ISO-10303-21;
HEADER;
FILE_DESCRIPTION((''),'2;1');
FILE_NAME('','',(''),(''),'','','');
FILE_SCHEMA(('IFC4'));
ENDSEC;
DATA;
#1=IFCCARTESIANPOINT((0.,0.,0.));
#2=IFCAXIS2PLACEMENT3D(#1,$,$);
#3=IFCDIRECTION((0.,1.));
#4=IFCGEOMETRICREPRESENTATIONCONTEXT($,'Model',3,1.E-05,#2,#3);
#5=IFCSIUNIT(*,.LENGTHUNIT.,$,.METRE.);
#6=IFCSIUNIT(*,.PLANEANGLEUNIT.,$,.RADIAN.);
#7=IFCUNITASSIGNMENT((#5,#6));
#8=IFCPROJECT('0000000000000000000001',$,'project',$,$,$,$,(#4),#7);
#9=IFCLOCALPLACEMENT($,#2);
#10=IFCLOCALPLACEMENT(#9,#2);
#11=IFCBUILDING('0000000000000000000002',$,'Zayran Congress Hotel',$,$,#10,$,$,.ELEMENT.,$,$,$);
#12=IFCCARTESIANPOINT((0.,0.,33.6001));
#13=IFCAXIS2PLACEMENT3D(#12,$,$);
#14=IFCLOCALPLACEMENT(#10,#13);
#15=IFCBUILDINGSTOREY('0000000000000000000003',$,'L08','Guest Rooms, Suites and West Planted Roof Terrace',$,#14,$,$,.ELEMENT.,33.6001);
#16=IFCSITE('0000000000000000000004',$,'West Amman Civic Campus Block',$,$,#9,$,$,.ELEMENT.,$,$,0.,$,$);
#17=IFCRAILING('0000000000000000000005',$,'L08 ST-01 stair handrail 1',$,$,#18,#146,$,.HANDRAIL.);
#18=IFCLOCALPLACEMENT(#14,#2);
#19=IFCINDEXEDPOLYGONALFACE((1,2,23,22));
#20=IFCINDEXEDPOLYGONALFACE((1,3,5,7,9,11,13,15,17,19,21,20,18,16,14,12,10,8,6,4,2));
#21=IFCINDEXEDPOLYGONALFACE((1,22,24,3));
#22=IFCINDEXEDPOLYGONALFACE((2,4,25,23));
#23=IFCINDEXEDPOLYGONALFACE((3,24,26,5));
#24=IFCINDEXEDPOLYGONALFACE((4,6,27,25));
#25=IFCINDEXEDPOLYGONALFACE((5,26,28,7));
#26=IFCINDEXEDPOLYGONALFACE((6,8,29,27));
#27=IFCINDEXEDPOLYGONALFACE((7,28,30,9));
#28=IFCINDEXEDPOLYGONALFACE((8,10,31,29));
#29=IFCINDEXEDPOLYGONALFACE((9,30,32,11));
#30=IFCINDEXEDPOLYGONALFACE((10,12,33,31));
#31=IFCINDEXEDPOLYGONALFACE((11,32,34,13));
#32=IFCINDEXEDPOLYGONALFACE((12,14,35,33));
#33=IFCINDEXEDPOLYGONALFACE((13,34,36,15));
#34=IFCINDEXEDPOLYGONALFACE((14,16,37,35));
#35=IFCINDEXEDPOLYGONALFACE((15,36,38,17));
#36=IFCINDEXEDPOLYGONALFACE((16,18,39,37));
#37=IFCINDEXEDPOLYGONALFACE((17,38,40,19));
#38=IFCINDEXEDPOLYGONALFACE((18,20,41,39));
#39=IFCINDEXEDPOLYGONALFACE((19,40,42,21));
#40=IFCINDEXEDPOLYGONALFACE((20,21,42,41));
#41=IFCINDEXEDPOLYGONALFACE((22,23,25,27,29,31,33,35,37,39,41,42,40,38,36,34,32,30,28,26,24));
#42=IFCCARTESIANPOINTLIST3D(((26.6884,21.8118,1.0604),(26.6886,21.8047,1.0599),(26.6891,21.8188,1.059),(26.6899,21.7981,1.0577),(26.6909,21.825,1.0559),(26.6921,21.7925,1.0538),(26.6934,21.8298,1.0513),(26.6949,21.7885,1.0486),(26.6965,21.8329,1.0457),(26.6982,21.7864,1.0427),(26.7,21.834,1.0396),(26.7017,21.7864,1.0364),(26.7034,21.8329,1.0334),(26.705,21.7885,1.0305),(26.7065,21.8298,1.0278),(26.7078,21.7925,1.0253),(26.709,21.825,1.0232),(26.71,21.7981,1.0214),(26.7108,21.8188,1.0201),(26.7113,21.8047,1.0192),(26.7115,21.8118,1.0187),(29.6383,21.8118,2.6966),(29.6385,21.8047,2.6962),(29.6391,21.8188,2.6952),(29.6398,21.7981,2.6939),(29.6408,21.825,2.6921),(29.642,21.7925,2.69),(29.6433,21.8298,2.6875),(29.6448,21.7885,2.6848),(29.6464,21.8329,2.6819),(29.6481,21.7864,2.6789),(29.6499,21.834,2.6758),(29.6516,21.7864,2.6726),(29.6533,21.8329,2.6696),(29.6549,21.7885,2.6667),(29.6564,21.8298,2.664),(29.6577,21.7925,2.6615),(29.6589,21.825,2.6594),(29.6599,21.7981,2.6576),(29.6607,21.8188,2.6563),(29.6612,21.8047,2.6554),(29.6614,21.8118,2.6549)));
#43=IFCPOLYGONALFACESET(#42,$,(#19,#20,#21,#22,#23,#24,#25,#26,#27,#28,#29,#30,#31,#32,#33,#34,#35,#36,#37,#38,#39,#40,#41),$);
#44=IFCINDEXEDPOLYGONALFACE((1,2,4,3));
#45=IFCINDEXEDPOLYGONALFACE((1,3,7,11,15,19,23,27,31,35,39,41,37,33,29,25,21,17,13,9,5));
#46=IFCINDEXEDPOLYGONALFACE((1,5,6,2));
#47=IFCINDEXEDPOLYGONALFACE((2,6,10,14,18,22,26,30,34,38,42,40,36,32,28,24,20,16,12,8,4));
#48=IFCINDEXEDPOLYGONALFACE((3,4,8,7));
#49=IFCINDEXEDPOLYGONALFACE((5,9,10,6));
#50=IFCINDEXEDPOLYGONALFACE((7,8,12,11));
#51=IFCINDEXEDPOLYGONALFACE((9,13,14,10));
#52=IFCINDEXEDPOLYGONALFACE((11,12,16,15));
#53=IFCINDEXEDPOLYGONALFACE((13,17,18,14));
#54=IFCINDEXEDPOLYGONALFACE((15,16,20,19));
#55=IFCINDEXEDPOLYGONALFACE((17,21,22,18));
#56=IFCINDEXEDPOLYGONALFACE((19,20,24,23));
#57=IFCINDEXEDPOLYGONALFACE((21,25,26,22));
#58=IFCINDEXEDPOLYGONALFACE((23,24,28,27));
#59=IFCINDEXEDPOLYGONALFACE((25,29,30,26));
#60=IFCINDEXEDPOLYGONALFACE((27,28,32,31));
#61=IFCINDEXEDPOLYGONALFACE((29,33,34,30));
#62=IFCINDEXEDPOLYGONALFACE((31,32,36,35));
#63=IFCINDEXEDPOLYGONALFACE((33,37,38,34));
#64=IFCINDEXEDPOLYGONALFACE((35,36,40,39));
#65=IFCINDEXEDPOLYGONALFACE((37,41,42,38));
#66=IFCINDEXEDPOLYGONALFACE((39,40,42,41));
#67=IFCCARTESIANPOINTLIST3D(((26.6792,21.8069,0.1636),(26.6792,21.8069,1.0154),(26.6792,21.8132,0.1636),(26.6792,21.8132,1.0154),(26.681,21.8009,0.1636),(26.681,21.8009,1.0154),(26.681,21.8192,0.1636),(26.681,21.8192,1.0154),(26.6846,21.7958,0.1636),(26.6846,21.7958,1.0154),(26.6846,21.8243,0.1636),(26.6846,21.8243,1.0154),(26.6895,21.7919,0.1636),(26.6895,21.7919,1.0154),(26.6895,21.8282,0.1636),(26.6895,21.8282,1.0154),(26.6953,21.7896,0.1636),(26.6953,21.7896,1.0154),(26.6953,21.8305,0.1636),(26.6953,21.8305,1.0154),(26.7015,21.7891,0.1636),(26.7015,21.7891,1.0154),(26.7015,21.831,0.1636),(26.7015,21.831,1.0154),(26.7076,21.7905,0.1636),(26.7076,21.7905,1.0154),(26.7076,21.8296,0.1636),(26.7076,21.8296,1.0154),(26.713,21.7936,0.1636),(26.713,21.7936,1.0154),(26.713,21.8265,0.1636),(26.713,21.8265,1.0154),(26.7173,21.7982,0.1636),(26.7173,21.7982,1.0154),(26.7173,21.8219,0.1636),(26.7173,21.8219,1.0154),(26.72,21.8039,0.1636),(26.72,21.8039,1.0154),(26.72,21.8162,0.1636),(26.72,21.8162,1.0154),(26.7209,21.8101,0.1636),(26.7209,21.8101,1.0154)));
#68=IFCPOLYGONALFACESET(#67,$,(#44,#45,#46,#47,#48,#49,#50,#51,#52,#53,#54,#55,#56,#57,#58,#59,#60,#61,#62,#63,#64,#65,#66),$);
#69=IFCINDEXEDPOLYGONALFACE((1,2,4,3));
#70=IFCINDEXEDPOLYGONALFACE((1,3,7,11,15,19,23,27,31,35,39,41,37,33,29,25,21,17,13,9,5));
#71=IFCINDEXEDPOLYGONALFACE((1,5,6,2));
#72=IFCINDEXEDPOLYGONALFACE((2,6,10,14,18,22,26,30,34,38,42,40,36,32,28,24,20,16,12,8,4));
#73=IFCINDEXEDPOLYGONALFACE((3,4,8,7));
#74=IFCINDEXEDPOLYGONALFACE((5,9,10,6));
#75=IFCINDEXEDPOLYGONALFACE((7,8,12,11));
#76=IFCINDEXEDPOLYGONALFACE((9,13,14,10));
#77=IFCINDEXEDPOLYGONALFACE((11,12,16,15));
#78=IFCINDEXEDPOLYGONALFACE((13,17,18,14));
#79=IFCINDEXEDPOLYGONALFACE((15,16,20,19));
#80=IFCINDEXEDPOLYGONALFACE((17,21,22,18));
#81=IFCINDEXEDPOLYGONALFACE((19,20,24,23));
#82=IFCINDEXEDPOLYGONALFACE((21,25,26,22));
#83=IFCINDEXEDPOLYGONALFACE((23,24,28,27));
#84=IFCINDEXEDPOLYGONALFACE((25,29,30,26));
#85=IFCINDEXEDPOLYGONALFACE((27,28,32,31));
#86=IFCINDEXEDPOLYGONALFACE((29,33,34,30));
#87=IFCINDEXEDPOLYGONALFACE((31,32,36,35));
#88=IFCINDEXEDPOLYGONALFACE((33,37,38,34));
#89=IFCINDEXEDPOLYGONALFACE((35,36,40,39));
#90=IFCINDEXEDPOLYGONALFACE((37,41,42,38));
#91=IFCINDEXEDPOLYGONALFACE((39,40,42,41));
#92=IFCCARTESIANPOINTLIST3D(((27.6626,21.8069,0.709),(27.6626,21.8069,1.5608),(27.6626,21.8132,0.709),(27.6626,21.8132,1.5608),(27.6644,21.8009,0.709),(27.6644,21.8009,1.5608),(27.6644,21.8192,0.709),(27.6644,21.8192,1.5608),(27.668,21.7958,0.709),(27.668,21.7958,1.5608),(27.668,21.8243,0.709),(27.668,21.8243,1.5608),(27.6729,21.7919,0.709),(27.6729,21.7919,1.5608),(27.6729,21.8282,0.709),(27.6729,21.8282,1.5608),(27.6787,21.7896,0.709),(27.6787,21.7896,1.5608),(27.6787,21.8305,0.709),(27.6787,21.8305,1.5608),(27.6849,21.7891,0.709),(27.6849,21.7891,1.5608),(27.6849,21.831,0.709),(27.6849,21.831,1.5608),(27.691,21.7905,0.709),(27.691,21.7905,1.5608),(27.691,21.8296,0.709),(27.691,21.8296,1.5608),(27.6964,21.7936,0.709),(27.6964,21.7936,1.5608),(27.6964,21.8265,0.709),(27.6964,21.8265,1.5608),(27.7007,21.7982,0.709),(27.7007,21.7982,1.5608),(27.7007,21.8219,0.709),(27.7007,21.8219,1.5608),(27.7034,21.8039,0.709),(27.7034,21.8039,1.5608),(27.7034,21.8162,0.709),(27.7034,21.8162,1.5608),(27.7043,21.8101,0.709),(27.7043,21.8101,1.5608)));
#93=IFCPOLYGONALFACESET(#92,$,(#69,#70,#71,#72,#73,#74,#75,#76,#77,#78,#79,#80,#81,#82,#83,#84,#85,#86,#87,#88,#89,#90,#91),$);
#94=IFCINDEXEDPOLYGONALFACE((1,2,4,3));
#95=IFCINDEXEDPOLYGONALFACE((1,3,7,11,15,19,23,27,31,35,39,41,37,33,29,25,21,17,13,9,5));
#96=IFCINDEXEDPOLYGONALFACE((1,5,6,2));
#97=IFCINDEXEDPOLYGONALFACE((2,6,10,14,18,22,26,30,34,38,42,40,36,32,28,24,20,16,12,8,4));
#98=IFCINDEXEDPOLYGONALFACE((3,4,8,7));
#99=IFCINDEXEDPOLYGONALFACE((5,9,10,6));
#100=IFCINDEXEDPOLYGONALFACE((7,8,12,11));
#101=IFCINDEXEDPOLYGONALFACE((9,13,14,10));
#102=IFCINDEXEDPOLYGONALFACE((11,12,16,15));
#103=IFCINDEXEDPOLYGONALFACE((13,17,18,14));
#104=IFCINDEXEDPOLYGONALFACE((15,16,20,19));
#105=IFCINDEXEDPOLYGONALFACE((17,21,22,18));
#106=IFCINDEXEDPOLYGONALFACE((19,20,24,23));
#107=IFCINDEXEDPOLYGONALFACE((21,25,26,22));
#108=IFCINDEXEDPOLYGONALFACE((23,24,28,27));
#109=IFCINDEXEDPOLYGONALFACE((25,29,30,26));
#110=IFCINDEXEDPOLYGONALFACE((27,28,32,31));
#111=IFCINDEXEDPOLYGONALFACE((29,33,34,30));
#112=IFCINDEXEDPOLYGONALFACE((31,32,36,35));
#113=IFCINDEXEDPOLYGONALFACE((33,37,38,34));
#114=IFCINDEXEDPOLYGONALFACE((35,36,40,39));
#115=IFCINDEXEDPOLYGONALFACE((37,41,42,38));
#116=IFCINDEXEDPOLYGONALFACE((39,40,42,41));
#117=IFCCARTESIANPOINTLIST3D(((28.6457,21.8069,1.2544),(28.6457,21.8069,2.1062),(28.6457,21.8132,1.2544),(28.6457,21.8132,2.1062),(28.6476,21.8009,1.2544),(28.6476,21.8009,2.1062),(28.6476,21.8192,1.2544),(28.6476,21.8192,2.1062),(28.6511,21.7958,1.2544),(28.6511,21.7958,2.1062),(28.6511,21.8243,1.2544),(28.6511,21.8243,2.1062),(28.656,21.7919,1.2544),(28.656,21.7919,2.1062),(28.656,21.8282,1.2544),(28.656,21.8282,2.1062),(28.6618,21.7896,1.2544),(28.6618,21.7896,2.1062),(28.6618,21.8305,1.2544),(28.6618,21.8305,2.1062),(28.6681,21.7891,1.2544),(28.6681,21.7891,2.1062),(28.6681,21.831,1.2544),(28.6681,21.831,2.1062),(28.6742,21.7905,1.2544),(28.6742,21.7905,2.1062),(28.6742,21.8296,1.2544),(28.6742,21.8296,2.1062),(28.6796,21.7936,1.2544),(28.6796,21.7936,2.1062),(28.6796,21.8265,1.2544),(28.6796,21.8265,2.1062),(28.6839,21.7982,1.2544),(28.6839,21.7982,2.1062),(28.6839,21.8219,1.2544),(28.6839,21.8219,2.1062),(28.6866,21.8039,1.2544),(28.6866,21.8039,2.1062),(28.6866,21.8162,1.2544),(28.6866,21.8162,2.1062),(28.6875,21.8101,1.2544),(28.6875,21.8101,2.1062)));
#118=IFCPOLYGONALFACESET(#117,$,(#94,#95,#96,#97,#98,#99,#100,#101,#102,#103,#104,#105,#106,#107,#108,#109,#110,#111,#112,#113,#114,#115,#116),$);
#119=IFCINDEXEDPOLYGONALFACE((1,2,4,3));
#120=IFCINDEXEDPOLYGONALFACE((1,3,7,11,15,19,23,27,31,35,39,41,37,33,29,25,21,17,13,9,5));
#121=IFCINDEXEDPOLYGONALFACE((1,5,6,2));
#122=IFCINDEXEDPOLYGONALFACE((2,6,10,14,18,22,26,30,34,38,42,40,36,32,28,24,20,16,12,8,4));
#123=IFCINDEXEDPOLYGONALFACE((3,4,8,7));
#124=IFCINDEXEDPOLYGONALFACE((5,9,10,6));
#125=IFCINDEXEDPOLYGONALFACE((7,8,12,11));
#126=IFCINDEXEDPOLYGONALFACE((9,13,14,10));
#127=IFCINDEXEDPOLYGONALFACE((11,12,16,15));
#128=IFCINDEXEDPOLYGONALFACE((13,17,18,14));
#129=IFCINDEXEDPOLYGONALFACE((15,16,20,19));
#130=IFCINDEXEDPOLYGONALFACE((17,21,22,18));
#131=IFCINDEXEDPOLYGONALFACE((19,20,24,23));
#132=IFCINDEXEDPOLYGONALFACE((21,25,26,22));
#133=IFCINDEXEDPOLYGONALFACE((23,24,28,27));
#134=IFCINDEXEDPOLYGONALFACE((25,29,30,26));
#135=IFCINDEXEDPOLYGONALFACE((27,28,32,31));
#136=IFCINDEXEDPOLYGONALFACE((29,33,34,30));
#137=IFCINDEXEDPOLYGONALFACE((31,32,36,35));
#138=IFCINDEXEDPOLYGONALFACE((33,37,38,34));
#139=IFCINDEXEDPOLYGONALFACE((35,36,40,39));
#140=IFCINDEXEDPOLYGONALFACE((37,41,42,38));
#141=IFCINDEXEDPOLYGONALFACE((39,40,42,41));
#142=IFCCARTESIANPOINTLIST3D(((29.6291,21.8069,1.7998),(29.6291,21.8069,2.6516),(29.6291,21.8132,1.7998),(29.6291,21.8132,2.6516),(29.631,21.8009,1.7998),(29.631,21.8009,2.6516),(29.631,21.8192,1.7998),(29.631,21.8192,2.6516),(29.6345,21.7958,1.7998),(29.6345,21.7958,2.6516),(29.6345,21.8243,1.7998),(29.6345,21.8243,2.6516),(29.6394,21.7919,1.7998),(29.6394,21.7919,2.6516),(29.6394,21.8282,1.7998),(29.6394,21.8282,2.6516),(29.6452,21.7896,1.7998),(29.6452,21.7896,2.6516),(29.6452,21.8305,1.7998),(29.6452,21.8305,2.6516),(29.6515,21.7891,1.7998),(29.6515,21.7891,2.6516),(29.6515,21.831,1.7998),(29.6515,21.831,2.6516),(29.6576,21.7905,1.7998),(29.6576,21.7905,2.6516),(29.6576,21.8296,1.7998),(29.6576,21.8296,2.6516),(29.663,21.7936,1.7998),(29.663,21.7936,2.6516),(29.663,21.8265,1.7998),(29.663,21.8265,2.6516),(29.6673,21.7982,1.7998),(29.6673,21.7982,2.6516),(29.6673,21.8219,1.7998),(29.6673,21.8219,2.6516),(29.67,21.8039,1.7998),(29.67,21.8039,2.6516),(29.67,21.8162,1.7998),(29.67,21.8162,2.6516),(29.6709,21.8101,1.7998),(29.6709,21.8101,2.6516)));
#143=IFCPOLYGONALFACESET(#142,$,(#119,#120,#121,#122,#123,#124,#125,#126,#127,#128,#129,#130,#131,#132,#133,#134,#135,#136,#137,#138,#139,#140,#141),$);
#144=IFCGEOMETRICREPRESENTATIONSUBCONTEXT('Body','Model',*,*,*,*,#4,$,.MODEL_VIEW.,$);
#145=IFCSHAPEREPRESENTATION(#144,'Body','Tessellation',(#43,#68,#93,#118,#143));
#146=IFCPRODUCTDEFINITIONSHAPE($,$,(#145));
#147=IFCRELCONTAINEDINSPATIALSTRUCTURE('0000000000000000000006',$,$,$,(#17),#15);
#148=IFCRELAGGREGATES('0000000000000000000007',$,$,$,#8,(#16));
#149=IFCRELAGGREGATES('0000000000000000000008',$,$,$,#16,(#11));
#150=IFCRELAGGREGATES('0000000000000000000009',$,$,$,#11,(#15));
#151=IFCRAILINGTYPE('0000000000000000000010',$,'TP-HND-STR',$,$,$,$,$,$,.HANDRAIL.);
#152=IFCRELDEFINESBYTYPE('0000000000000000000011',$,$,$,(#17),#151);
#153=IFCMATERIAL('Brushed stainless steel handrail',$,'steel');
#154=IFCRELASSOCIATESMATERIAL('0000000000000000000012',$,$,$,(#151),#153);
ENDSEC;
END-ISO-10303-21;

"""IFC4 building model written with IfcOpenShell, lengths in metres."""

from ifc_helpers import new_model, si_unit, direction, frame, origin, origin_2d, place, context, subcontext, project, spatial, circle, extrude, material, type_object, element, save


model = new_model("IFC4")

# Units and contexts
model_context = context("Model", 3, precision=1e-05, world=origin(), true_north=direction((0.0, 1.0)))
body_context = subcontext(model_context, "Body", "Model", "MODEL_VIEW")
ifc_project = project(units=[si_unit("LENGTHUNIT", "METRE"), si_unit("PLANEANGLEUNIT", "RADIAN")], contexts=[model_context])

# Site, building, storey
site_placement = place(None, origin())
site = spatial("IfcSite", under=ifc_project, at=site_placement, Name="West Amman Civic Campus Block", CompositionType="ELEMENT", RefElevation=0.0)
building_placement = place(site_placement, origin())
building = spatial("IfcBuilding", under=site, at=building_placement, Name="Zayran Congress Hotel", CompositionType="ELEMENT")
storey_placement = place(building_placement, frame((0.0, 0.0, 33.6001)))
storey = spatial("IfcBuildingStorey", under=building, at=storey_placement, Name="L08", Description="Guest Rooms, Suites and West Planted Roof Terrace", CompositionType="ELEMENT", Elevation=33.6001)

# Railing
ifc_material_1 = material(Name="Brushed stainless steel handrail", Category="steel")
railing_type_1 = type_object("IfcRailingType", Name="TP-HND-STR", PredefinedType="HANDRAIL", material=ifc_material_1)
railing_1_placement = place(storey_placement, frame((26.7, 21.8101, 0.1636)))
element("IfcRailing", 1, at=railing_1_placement, inside=storey, type_object=railing_type_1, Name="L08 ST-01 stair handrail 1", PredefinedType="HANDRAIL", context=body_context, shape_type="SweptSolid", body=[
    extrude(circle(Radius=0.0239, at=origin_2d()), frame((0.0, 0.0, 0.876), z_axis=(0.874488, 0.0, 0.485047), x_axis=(0.0, 1.0, 0.0)), (0.0, 0.0, 1.0), 3.3733),
    extrude(circle(Radius=0.021, at=origin_2d()), origin(), (0.0, 0.0, 1.0), 0.8518),
    extrude(circle(Radius=0.021, at=origin_2d()), frame((0.9834, 0.0, 0.5454)), (0.0, 0.0, 1.0), 0.8518),
    extrude(circle(Radius=0.021, at=origin_2d()), frame((1.9666, 0.0, 1.0908)), (0.0, 0.0, 1.0), 0.8518),
    extrude(circle(Radius=0.021, at=origin_2d()), frame((2.95, 0.0, 1.6362)), (0.0, 0.0, 1.0), 0.8518),
])

save(model, "model.ifc")
